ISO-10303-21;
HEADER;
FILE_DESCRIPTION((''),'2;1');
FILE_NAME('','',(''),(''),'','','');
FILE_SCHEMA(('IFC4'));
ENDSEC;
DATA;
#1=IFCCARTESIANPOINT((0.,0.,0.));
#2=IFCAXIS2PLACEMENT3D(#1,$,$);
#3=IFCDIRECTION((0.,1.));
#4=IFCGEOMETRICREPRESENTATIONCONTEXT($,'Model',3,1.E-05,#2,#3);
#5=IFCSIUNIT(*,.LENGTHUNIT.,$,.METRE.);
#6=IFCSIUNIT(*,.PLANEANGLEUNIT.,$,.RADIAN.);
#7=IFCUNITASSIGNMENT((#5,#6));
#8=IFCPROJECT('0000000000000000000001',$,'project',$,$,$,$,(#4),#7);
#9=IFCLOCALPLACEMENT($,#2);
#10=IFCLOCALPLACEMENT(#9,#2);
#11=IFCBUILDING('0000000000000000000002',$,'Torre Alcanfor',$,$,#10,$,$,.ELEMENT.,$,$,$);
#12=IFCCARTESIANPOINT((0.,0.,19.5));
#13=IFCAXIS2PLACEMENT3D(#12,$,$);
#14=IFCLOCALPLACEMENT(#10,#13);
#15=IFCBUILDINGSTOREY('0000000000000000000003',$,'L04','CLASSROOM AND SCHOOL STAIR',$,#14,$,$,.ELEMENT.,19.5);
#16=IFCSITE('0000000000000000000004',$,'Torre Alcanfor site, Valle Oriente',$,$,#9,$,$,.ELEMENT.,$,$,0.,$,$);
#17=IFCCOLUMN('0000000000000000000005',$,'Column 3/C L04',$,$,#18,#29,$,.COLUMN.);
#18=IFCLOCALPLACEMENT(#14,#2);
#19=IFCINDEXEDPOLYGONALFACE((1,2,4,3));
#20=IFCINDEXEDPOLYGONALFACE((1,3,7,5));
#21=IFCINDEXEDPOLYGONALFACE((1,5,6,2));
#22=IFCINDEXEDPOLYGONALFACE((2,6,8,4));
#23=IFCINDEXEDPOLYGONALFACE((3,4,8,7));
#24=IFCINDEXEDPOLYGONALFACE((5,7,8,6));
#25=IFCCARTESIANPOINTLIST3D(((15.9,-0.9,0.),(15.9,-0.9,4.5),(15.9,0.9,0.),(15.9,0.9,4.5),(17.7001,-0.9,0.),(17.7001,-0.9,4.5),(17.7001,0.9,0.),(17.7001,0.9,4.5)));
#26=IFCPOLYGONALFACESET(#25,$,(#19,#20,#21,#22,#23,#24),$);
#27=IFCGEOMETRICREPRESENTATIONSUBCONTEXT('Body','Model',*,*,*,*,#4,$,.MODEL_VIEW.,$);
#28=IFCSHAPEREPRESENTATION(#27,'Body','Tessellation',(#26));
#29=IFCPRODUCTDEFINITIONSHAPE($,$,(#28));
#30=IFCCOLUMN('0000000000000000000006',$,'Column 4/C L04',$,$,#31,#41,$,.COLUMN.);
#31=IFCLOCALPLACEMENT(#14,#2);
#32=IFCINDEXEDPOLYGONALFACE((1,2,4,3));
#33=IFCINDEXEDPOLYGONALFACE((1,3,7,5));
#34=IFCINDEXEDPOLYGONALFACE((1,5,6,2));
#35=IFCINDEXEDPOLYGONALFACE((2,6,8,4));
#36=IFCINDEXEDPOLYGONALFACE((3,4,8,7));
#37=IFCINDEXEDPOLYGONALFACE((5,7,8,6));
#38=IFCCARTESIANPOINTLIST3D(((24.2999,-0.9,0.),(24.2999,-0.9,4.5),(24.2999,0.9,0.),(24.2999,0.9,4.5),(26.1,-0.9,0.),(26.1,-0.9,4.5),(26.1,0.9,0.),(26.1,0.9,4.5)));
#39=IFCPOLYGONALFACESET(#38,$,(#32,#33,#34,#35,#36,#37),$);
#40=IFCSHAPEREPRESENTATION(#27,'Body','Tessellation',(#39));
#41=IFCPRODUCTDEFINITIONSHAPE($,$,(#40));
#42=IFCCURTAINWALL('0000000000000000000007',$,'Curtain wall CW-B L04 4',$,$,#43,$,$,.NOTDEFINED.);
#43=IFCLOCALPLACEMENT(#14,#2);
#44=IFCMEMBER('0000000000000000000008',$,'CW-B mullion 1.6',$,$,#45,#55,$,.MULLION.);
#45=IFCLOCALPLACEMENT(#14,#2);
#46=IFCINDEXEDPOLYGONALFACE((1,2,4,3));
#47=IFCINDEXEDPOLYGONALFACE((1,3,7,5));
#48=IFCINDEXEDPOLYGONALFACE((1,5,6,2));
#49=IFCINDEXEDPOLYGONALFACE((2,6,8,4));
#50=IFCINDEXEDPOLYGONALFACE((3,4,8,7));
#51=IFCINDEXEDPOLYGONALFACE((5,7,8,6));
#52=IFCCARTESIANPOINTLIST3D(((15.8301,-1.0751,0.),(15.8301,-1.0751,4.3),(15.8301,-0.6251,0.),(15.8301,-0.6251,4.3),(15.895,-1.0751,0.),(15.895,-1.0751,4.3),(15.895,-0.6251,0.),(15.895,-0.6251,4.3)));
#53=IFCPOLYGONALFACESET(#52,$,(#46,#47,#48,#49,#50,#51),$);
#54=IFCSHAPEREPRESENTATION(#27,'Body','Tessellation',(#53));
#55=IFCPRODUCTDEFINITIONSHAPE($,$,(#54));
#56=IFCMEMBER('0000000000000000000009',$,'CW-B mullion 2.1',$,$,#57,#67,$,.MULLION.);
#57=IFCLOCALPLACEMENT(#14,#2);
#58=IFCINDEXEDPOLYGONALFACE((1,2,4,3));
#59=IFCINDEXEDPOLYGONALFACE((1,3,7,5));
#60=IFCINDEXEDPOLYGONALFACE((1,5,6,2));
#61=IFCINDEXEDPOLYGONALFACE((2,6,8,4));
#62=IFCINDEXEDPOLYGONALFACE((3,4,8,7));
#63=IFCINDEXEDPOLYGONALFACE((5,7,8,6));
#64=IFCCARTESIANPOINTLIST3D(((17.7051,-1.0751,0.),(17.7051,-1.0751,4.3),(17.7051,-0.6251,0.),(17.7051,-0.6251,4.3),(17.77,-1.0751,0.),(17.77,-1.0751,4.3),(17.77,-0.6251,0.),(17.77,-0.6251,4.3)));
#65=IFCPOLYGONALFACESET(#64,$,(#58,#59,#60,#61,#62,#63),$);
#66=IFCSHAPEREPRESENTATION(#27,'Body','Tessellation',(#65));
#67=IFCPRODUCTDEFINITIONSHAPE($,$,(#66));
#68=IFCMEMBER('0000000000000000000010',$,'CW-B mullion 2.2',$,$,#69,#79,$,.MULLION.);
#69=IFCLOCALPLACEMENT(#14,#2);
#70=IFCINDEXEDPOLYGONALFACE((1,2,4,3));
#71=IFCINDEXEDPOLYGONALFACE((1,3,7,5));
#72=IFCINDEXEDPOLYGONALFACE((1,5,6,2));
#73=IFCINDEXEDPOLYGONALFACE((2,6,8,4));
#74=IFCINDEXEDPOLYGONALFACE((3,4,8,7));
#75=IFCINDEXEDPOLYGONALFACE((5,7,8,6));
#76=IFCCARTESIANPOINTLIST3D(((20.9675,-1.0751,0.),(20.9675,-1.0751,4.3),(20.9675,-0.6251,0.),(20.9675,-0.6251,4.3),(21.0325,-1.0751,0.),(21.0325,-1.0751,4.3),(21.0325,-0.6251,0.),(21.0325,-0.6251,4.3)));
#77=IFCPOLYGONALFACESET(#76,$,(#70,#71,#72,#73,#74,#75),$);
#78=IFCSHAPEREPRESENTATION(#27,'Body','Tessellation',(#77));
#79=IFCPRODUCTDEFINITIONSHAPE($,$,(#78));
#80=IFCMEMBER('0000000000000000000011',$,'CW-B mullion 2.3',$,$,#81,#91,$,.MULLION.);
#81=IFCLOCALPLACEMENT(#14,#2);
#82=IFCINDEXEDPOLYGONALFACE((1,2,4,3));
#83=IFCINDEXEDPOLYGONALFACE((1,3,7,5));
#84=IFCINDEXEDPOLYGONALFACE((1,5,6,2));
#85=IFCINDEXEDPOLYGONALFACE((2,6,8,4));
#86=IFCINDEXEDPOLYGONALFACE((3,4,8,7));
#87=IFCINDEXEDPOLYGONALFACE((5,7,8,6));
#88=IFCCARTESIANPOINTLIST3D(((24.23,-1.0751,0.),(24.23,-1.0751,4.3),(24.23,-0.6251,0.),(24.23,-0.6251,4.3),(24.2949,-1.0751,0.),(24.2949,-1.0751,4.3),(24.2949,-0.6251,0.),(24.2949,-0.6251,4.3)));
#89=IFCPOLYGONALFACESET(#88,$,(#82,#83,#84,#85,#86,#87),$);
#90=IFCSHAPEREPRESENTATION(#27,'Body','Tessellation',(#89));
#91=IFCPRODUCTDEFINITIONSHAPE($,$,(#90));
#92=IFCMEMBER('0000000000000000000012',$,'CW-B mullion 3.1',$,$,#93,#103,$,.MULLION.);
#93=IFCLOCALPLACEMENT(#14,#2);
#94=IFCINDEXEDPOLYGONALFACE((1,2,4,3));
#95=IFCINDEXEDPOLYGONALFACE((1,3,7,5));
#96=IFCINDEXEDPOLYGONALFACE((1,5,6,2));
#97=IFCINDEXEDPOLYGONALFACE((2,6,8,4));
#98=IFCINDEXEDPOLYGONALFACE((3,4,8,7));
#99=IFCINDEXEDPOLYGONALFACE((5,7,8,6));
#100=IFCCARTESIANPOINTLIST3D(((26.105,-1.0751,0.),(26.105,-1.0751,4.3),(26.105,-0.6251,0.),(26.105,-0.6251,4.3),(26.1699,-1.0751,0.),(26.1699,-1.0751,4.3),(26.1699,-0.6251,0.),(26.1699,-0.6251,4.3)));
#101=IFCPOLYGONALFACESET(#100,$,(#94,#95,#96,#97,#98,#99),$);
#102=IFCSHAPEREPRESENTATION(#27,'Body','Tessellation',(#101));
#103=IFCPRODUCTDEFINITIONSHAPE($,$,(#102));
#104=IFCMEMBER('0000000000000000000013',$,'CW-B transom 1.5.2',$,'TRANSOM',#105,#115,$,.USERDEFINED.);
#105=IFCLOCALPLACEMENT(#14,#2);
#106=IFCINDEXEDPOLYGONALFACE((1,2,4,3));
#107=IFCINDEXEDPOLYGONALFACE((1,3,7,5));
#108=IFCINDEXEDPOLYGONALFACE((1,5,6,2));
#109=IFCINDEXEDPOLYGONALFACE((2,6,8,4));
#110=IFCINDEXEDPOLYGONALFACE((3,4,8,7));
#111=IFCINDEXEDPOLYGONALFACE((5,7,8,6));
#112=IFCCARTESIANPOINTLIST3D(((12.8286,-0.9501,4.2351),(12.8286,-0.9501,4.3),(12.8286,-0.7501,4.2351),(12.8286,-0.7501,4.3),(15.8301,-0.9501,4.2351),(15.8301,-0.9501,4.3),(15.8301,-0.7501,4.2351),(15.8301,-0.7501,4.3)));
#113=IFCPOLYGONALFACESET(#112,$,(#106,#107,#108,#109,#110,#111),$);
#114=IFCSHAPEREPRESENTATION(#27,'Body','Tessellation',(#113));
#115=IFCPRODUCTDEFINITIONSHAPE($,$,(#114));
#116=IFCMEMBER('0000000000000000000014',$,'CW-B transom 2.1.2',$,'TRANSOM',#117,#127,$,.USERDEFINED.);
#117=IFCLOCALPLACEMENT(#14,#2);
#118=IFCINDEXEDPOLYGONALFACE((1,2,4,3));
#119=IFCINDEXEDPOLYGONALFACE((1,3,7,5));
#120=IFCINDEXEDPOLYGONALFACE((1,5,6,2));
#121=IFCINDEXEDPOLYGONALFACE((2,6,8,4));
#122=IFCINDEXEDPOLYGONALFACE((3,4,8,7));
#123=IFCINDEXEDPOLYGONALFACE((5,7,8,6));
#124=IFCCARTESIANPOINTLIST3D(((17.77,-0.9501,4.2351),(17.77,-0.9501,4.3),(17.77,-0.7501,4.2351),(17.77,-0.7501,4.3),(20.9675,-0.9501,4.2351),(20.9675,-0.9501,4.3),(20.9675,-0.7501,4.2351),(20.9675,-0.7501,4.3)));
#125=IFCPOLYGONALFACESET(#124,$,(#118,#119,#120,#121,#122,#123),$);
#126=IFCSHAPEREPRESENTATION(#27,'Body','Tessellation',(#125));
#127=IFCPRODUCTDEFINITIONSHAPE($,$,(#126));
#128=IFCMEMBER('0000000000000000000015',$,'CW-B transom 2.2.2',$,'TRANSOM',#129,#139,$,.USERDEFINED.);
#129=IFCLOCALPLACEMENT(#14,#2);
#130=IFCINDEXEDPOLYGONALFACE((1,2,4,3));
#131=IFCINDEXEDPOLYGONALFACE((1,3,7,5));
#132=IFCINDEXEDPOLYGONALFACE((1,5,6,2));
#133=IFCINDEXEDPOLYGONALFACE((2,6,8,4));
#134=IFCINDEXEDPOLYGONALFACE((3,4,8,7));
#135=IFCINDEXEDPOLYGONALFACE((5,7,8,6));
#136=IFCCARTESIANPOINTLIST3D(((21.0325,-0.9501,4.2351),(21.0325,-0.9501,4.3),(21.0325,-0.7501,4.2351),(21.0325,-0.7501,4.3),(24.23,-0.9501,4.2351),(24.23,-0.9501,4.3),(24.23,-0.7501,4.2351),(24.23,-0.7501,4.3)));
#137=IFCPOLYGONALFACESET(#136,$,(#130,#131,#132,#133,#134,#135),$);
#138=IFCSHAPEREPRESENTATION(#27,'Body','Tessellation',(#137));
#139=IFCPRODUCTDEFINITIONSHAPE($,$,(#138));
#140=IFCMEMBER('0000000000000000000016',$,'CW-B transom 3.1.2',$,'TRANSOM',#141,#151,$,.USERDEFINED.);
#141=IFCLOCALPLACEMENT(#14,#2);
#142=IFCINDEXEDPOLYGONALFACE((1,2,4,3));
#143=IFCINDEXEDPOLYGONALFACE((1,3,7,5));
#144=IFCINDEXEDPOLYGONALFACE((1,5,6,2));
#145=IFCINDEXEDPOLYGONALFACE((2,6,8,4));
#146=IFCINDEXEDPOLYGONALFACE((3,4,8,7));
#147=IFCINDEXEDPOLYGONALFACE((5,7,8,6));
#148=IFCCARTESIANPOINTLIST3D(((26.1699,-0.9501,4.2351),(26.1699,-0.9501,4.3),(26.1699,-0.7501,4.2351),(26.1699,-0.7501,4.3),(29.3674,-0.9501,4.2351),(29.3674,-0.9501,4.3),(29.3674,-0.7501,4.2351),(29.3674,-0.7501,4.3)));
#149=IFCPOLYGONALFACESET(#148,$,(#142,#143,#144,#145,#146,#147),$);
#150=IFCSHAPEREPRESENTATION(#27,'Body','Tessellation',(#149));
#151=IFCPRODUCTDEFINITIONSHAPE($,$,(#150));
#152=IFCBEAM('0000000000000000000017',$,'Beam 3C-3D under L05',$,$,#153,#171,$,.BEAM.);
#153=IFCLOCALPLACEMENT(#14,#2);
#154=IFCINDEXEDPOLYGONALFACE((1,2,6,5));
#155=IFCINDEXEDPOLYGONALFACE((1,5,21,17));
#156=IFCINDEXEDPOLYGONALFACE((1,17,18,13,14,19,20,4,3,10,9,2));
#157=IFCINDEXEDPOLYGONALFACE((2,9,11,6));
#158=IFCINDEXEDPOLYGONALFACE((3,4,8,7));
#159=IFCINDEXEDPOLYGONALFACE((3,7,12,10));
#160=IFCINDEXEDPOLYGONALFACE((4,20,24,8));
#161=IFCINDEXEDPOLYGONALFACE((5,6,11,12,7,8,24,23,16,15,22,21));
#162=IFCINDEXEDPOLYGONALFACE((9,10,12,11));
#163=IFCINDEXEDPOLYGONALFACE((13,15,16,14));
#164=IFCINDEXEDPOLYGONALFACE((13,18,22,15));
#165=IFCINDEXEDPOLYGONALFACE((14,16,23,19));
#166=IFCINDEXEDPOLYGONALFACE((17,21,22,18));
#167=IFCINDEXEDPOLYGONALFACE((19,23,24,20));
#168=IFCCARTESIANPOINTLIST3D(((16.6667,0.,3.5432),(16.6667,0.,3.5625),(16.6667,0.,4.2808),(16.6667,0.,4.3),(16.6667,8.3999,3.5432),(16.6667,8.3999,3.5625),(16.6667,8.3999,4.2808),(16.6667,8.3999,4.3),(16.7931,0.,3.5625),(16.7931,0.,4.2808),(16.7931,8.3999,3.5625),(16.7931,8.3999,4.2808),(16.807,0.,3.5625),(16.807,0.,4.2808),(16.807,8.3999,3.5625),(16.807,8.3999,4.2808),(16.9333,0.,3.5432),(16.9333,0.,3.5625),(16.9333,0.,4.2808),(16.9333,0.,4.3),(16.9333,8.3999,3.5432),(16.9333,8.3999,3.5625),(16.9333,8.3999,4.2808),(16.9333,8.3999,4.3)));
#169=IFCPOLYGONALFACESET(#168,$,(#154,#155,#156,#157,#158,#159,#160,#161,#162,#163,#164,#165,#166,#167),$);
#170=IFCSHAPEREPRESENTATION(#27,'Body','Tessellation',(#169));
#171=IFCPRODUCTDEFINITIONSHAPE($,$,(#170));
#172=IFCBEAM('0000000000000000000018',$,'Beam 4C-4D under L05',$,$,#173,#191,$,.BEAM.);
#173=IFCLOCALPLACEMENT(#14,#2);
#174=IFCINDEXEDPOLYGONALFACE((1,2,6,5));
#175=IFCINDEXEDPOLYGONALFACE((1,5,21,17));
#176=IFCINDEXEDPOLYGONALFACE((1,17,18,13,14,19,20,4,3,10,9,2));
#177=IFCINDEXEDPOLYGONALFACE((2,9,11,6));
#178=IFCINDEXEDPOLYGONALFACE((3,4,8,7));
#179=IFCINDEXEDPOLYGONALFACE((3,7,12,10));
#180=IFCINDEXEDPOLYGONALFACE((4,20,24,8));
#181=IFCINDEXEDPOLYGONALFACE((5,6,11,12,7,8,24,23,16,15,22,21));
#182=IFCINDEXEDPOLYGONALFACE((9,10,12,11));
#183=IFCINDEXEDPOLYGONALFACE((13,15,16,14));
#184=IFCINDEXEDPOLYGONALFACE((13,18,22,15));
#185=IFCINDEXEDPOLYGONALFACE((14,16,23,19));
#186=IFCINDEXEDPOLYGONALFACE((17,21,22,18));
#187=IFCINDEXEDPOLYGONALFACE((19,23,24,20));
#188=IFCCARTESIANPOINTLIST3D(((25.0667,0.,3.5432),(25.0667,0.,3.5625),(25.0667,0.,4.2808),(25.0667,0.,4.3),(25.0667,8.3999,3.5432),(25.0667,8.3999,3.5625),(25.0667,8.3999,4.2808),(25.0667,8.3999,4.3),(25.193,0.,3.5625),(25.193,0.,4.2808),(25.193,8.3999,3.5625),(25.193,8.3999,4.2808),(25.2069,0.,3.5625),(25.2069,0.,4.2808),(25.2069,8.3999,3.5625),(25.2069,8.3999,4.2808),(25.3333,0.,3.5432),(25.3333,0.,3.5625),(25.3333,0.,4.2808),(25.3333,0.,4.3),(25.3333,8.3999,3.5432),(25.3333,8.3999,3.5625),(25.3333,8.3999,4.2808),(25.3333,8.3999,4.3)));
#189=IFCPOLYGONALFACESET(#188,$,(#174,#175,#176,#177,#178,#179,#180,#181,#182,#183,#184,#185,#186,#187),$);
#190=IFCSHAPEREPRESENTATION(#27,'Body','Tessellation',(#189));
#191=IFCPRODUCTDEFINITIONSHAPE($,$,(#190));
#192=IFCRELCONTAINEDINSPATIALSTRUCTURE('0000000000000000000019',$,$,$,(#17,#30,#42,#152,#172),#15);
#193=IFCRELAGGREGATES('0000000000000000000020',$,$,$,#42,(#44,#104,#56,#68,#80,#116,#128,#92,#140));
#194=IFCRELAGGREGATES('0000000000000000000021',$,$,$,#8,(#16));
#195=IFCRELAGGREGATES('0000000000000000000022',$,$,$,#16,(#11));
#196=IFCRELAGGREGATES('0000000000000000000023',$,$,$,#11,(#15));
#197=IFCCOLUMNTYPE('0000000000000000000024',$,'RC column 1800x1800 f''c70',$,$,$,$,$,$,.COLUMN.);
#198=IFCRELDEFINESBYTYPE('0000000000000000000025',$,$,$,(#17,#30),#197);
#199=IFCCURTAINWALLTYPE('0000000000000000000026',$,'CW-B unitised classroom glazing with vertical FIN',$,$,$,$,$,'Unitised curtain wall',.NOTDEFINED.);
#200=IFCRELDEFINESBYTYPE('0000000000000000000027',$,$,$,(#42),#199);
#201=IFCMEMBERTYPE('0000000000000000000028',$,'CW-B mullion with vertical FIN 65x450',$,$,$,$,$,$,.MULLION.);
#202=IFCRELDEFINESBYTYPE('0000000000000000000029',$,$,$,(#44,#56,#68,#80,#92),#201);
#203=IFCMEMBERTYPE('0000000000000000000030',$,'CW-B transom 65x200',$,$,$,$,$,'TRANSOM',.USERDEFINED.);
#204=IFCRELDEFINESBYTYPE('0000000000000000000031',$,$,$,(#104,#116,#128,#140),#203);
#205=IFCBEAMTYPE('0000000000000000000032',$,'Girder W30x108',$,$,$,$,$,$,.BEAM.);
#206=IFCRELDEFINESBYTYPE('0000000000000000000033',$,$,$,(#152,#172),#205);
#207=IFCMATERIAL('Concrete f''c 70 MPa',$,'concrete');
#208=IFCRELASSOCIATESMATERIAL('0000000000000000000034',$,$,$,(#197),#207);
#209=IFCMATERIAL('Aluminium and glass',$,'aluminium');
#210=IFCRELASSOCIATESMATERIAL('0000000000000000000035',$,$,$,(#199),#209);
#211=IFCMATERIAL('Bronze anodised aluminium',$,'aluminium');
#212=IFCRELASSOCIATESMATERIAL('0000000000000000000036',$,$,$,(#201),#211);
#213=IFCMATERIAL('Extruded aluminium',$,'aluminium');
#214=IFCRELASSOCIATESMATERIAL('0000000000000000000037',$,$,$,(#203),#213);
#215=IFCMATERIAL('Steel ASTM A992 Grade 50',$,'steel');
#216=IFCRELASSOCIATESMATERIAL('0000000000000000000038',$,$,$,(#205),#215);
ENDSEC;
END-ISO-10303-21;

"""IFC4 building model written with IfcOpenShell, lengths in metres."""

from ifc_helpers import new_model, si_unit, direction, frame, origin, origin_2d, place, context, subcontext, project, spatial, rectangle, i_section, extrude, material, material_profile, profile_set, type_object, element, aggregate, save


model = new_model("IFC4")

# Units and contexts
model_context = context("Model", 3, precision=1e-05, world=origin(), true_north=direction((0.0, 1.0)))
body_context = subcontext(model_context, "Body", "Model", "MODEL_VIEW")
ifc_project = project(units=[si_unit("LENGTHUNIT", "METRE"), si_unit("PLANEANGLEUNIT", "RADIAN")], contexts=[model_context])

# Site, building, storey
site_placement = place(None, origin())
site = spatial("IfcSite", under=ifc_project, at=site_placement, Name="Torre Alcanfor site, Valle Oriente", CompositionType="ELEMENT", RefElevation=0.0)
building_placement = place(site_placement, origin())
building = spatial("IfcBuilding", under=site, at=building_placement, Name="Torre Alcanfor", CompositionType="ELEMENT")
storey_placement = place(building_placement, frame((0.0, 0.0, 19.5)))
storey = spatial("IfcBuildingStorey", under=building, at=storey_placement, Name="L04", Description="CLASSROOM AND SCHOOL STAIR", CompositionType="ELEMENT", Elevation=19.5)

# Columns
ifc_material_1 = material(Name="Concrete f'c 70 MPa", Category="concrete")
ifc_material_profile_1 = material_profile(ifc_material_1, rectangle(XDim=1.8, YDim=1.8, at=origin_2d()), Name="1800x1800")
ifc_profile_set_1 = profile_set([ifc_material_profile_1], Name="Concrete f'c 70 MPa")
column_type = type_object("IfcColumnType", Name="RC column 1800x1800 f'c70", PredefinedType="COLUMN", material=ifc_profile_set_1)
for number, where, z_axis, x_axis, name in (
    (1, (16.8, 0.0, 0.0), (0.0, 0.0, 1.0), (1.0, 0.0, 0.0), "Column 3/C L04"),
    (2, (25.2, 0.0, 0.0), (0.0, 0.0, 1.0), (1.0, 0.0, 0.0), "Column 4/C L04"),
):
    element("IfcColumn", number, at=place(storey_placement, frame(where, z_axis=z_axis, x_axis=x_axis)), inside=storey, type_object=column_type, Name=name, PredefinedType="COLUMN", context=body_context, shape_type="SweptSolid", body=[
        extrude(rectangle(XDim=1.8, YDim=1.8, at=origin_2d()), origin(), (0.0, 0.0, 1.0), 4.5),
    ])

# Curtain wall, members
ifc_material_2 = material(Name="Aluminium and glass", Category="aluminium")
curtain_wall_type = type_object("IfcCurtainWallType", Name="CW-B unitised classroom glazing with vertical FIN", ElementType="Unitised curtain wall", PredefinedType="NOTDEFINED", material=ifc_material_2)
curtain_wall_placement = place(storey_placement, origin())
curtain_wall = element("IfcCurtainWall", 3, at=curtain_wall_placement, inside=storey, type_object=curtain_wall_type, Name="Curtain wall CW-B L04 4", PredefinedType="NOTDEFINED")
ifc_material_3 = material(Name="Bronze anodised aluminium", Category="aluminium")
ifc_material_profile_2 = material_profile(ifc_material_3, rectangle(XDim=0.45, YDim=0.0649, at=origin_2d()), Name="CW-B mullion 65x450")
ifc_profile_set_2 = profile_set([ifc_material_profile_2], Name="Bronze anodised aluminium")
member_type_1 = type_object("IfcMemberType", Name="CW-B mullion with vertical FIN 65x450", PredefinedType="MULLION", material=ifc_profile_set_2)
member_1_placement = place(storey_placement, frame((15.8625, -0.8501, 0.0), z_axis=(0.0, 0.0, 1.0), x_axis=(0.0, 1.0, 0.0)))
member_1 = element("IfcMember", 4, at=member_1_placement, type_object=member_type_1, Name="CW-B mullion 1.6", PredefinedType="MULLION", context=body_context, shape_type="SweptSolid", body=[
    extrude(rectangle(XDim=0.45, YDim=0.0649, at=origin_2d()), origin(), (0.0, 0.0, 1.0), 4.3),
])
member_2_placement = place(storey_placement, frame((17.7375, -0.8501, 0.0), z_axis=(0.0, 0.0, 1.0), x_axis=(0.0, 1.0, 0.0)))
member_2 = element("IfcMember", 5, at=member_2_placement, type_object=member_type_1, Name="CW-B mullion 2.1", PredefinedType="MULLION", context=body_context, shape_type="SweptSolid", body=[
    extrude(rectangle(XDim=0.45, YDim=0.0649, at=origin_2d()), origin(), (0.0, 0.0, 1.0), 4.3),
])
member_3_placement = place(storey_placement, frame((21.0, -0.8501, 0.0), z_axis=(0.0, 0.0, 1.0), x_axis=(0.0, 1.0, 0.0)))
member_3 = element("IfcMember", 6, at=member_3_placement, type_object=member_type_1, Name="CW-B mullion 2.2", PredefinedType="MULLION", context=body_context, shape_type="SweptSolid", body=[
    extrude(rectangle(XDim=0.45, YDim=0.0649, at=origin_2d()), origin(), (0.0, 0.0, 1.0), 4.3),
])
member_4_placement = place(storey_placement, frame((24.2625, -0.8501, 0.0), z_axis=(0.0, 0.0, 1.0), x_axis=(0.0, 1.0, 0.0)))
member_4 = element("IfcMember", 7, at=member_4_placement, type_object=member_type_1, Name="CW-B mullion 2.3", PredefinedType="MULLION", context=body_context, shape_type="SweptSolid", body=[
    extrude(rectangle(XDim=0.45, YDim=0.0649, at=origin_2d()), origin(), (0.0, 0.0, 1.0), 4.3),
])
member_5_placement = place(storey_placement, frame((26.1375, -0.8501, 0.0), z_axis=(0.0, 0.0, 1.0), x_axis=(0.0, 1.0, 0.0)))
member_5 = element("IfcMember", 8, at=member_5_placement, type_object=member_type_1, Name="CW-B mullion 3.1", PredefinedType="MULLION", context=body_context, shape_type="SweptSolid", body=[
    extrude(rectangle(XDim=0.45, YDim=0.0649, at=origin_2d()), origin(), (0.0, 0.0, 1.0), 4.3),
])
ifc_material_4 = material(Name="Extruded aluminium", Category="aluminium")
ifc_material_profile_3 = material_profile(ifc_material_4, rectangle(XDim=0.2, YDim=0.0649, at=origin_2d()), Name="CW-B transom 200x65")
ifc_profile_set_3 = profile_set([ifc_material_profile_3], Name="Extruded aluminium")
member_type_2 = type_object("IfcMemberType", Name="CW-B transom 65x200", ElementType="TRANSOM", PredefinedType="USERDEFINED", material=ifc_profile_set_3)
member_6_placement = place(storey_placement, frame((12.8286, -0.8501, 4.2676), z_axis=(1.0, 0.0, 0.0), x_axis=(0.0, 1.0, 0.0)))
member_6 = element("IfcMember", 9, at=member_6_placement, type_object=member_type_2, Name="CW-B transom 1.5.2", ObjectType="TRANSOM", PredefinedType="USERDEFINED", context=body_context, shape_type="SweptSolid", body=[
    extrude(rectangle(XDim=0.2, YDim=0.0649, at=origin_2d()), origin(), (0.0, 0.0, 1.0), 3.0015),
])
member_7_placement = place(storey_placement, frame((17.77, -0.8501, 4.2676), z_axis=(1.0, 0.0, 0.0), x_axis=(0.0, 1.0, 0.0)))
member_7 = element("IfcMember", 10, at=member_7_placement, type_object=member_type_2, Name="CW-B transom 2.1.2", ObjectType="TRANSOM", PredefinedType="USERDEFINED", context=body_context, shape_type="SweptSolid", body=[
    extrude(rectangle(XDim=0.2, YDim=0.0649, at=origin_2d()), origin(), (0.0, 0.0, 1.0), 3.1975),
])
member_8_placement = place(storey_placement, frame((21.0325, -0.8501, 4.2676), z_axis=(1.0, 0.0, 0.0), x_axis=(0.0, 1.0, 0.0)))
member_8 = element("IfcMember", 11, at=member_8_placement, type_object=member_type_2, Name="CW-B transom 2.2.2", ObjectType="TRANSOM", PredefinedType="USERDEFINED", context=body_context, shape_type="SweptSolid", body=[
    extrude(rectangle(XDim=0.2, YDim=0.0649, at=origin_2d()), origin(), (0.0, 0.0, 1.0), 3.1975),
])
member_9_placement = place(storey_placement, frame((26.1699, -0.8501, 4.2676), z_axis=(1.0, 0.0, 0.0), x_axis=(0.0, 1.0, 0.0)))
member_9 = element("IfcMember", 12, at=member_9_placement, type_object=member_type_2, Name="CW-B transom 3.1.2", ObjectType="TRANSOM", PredefinedType="USERDEFINED", context=body_context, shape_type="SweptSolid", body=[
    extrude(rectangle(XDim=0.2, YDim=0.0649, at=origin_2d()), origin(), (0.0, 0.0, 1.0), 3.1975),
])

# Beams
ifc_material_5 = material(Name="Steel ASTM A992 Grade 50", Category="steel")
ifc_material_profile_4 = material_profile(ifc_material_5, i_section(OverallWidth=0.2666, OverallDepth=0.7568, WebThickness=0.0139, FlangeThickness=0.0193, at=origin_2d()), Name="W30x108")
ifc_profile_set_4 = profile_set([ifc_material_profile_4], Name="Steel ASTM A992 Grade 50")
beam_type_1 = type_object("IfcBeamType", Name="Girder W30x108", PredefinedType="BEAM", material=ifc_profile_set_4)
for number, where, z_axis, x_axis, name in (
    (13, (16.8, 0.0, 3.9216), (0.0, 1.0, 0.0), (-1.0, 0.0, 0.0), "Beam 3C-3D under L05"),
    (14, (25.2, 0.0, 3.9216), (0.0, 1.0, 0.0), (-1.0, 0.0, 0.0), "Beam 4C-4D under L05"),
):
    element("IfcBeam", number, at=place(storey_placement, frame(where, z_axis=z_axis, x_axis=x_axis)), inside=storey, type_object=beam_type_1, Name=name, PredefinedType="BEAM", context=body_context, shape_type="SweptSolid", body=[
        extrude(i_section(OverallWidth=0.2666, OverallDepth=0.7568, WebThickness=0.0139, FlangeThickness=0.0193, at=origin_2d()), origin(), (0.0, 0.0, 1.0), 8.3999),
    ])

aggregate(curtain_wall, [member_1, member_6, member_2, member_3, member_4, member_7, member_8, member_5, member_9])

save(model, "model.ifc")
